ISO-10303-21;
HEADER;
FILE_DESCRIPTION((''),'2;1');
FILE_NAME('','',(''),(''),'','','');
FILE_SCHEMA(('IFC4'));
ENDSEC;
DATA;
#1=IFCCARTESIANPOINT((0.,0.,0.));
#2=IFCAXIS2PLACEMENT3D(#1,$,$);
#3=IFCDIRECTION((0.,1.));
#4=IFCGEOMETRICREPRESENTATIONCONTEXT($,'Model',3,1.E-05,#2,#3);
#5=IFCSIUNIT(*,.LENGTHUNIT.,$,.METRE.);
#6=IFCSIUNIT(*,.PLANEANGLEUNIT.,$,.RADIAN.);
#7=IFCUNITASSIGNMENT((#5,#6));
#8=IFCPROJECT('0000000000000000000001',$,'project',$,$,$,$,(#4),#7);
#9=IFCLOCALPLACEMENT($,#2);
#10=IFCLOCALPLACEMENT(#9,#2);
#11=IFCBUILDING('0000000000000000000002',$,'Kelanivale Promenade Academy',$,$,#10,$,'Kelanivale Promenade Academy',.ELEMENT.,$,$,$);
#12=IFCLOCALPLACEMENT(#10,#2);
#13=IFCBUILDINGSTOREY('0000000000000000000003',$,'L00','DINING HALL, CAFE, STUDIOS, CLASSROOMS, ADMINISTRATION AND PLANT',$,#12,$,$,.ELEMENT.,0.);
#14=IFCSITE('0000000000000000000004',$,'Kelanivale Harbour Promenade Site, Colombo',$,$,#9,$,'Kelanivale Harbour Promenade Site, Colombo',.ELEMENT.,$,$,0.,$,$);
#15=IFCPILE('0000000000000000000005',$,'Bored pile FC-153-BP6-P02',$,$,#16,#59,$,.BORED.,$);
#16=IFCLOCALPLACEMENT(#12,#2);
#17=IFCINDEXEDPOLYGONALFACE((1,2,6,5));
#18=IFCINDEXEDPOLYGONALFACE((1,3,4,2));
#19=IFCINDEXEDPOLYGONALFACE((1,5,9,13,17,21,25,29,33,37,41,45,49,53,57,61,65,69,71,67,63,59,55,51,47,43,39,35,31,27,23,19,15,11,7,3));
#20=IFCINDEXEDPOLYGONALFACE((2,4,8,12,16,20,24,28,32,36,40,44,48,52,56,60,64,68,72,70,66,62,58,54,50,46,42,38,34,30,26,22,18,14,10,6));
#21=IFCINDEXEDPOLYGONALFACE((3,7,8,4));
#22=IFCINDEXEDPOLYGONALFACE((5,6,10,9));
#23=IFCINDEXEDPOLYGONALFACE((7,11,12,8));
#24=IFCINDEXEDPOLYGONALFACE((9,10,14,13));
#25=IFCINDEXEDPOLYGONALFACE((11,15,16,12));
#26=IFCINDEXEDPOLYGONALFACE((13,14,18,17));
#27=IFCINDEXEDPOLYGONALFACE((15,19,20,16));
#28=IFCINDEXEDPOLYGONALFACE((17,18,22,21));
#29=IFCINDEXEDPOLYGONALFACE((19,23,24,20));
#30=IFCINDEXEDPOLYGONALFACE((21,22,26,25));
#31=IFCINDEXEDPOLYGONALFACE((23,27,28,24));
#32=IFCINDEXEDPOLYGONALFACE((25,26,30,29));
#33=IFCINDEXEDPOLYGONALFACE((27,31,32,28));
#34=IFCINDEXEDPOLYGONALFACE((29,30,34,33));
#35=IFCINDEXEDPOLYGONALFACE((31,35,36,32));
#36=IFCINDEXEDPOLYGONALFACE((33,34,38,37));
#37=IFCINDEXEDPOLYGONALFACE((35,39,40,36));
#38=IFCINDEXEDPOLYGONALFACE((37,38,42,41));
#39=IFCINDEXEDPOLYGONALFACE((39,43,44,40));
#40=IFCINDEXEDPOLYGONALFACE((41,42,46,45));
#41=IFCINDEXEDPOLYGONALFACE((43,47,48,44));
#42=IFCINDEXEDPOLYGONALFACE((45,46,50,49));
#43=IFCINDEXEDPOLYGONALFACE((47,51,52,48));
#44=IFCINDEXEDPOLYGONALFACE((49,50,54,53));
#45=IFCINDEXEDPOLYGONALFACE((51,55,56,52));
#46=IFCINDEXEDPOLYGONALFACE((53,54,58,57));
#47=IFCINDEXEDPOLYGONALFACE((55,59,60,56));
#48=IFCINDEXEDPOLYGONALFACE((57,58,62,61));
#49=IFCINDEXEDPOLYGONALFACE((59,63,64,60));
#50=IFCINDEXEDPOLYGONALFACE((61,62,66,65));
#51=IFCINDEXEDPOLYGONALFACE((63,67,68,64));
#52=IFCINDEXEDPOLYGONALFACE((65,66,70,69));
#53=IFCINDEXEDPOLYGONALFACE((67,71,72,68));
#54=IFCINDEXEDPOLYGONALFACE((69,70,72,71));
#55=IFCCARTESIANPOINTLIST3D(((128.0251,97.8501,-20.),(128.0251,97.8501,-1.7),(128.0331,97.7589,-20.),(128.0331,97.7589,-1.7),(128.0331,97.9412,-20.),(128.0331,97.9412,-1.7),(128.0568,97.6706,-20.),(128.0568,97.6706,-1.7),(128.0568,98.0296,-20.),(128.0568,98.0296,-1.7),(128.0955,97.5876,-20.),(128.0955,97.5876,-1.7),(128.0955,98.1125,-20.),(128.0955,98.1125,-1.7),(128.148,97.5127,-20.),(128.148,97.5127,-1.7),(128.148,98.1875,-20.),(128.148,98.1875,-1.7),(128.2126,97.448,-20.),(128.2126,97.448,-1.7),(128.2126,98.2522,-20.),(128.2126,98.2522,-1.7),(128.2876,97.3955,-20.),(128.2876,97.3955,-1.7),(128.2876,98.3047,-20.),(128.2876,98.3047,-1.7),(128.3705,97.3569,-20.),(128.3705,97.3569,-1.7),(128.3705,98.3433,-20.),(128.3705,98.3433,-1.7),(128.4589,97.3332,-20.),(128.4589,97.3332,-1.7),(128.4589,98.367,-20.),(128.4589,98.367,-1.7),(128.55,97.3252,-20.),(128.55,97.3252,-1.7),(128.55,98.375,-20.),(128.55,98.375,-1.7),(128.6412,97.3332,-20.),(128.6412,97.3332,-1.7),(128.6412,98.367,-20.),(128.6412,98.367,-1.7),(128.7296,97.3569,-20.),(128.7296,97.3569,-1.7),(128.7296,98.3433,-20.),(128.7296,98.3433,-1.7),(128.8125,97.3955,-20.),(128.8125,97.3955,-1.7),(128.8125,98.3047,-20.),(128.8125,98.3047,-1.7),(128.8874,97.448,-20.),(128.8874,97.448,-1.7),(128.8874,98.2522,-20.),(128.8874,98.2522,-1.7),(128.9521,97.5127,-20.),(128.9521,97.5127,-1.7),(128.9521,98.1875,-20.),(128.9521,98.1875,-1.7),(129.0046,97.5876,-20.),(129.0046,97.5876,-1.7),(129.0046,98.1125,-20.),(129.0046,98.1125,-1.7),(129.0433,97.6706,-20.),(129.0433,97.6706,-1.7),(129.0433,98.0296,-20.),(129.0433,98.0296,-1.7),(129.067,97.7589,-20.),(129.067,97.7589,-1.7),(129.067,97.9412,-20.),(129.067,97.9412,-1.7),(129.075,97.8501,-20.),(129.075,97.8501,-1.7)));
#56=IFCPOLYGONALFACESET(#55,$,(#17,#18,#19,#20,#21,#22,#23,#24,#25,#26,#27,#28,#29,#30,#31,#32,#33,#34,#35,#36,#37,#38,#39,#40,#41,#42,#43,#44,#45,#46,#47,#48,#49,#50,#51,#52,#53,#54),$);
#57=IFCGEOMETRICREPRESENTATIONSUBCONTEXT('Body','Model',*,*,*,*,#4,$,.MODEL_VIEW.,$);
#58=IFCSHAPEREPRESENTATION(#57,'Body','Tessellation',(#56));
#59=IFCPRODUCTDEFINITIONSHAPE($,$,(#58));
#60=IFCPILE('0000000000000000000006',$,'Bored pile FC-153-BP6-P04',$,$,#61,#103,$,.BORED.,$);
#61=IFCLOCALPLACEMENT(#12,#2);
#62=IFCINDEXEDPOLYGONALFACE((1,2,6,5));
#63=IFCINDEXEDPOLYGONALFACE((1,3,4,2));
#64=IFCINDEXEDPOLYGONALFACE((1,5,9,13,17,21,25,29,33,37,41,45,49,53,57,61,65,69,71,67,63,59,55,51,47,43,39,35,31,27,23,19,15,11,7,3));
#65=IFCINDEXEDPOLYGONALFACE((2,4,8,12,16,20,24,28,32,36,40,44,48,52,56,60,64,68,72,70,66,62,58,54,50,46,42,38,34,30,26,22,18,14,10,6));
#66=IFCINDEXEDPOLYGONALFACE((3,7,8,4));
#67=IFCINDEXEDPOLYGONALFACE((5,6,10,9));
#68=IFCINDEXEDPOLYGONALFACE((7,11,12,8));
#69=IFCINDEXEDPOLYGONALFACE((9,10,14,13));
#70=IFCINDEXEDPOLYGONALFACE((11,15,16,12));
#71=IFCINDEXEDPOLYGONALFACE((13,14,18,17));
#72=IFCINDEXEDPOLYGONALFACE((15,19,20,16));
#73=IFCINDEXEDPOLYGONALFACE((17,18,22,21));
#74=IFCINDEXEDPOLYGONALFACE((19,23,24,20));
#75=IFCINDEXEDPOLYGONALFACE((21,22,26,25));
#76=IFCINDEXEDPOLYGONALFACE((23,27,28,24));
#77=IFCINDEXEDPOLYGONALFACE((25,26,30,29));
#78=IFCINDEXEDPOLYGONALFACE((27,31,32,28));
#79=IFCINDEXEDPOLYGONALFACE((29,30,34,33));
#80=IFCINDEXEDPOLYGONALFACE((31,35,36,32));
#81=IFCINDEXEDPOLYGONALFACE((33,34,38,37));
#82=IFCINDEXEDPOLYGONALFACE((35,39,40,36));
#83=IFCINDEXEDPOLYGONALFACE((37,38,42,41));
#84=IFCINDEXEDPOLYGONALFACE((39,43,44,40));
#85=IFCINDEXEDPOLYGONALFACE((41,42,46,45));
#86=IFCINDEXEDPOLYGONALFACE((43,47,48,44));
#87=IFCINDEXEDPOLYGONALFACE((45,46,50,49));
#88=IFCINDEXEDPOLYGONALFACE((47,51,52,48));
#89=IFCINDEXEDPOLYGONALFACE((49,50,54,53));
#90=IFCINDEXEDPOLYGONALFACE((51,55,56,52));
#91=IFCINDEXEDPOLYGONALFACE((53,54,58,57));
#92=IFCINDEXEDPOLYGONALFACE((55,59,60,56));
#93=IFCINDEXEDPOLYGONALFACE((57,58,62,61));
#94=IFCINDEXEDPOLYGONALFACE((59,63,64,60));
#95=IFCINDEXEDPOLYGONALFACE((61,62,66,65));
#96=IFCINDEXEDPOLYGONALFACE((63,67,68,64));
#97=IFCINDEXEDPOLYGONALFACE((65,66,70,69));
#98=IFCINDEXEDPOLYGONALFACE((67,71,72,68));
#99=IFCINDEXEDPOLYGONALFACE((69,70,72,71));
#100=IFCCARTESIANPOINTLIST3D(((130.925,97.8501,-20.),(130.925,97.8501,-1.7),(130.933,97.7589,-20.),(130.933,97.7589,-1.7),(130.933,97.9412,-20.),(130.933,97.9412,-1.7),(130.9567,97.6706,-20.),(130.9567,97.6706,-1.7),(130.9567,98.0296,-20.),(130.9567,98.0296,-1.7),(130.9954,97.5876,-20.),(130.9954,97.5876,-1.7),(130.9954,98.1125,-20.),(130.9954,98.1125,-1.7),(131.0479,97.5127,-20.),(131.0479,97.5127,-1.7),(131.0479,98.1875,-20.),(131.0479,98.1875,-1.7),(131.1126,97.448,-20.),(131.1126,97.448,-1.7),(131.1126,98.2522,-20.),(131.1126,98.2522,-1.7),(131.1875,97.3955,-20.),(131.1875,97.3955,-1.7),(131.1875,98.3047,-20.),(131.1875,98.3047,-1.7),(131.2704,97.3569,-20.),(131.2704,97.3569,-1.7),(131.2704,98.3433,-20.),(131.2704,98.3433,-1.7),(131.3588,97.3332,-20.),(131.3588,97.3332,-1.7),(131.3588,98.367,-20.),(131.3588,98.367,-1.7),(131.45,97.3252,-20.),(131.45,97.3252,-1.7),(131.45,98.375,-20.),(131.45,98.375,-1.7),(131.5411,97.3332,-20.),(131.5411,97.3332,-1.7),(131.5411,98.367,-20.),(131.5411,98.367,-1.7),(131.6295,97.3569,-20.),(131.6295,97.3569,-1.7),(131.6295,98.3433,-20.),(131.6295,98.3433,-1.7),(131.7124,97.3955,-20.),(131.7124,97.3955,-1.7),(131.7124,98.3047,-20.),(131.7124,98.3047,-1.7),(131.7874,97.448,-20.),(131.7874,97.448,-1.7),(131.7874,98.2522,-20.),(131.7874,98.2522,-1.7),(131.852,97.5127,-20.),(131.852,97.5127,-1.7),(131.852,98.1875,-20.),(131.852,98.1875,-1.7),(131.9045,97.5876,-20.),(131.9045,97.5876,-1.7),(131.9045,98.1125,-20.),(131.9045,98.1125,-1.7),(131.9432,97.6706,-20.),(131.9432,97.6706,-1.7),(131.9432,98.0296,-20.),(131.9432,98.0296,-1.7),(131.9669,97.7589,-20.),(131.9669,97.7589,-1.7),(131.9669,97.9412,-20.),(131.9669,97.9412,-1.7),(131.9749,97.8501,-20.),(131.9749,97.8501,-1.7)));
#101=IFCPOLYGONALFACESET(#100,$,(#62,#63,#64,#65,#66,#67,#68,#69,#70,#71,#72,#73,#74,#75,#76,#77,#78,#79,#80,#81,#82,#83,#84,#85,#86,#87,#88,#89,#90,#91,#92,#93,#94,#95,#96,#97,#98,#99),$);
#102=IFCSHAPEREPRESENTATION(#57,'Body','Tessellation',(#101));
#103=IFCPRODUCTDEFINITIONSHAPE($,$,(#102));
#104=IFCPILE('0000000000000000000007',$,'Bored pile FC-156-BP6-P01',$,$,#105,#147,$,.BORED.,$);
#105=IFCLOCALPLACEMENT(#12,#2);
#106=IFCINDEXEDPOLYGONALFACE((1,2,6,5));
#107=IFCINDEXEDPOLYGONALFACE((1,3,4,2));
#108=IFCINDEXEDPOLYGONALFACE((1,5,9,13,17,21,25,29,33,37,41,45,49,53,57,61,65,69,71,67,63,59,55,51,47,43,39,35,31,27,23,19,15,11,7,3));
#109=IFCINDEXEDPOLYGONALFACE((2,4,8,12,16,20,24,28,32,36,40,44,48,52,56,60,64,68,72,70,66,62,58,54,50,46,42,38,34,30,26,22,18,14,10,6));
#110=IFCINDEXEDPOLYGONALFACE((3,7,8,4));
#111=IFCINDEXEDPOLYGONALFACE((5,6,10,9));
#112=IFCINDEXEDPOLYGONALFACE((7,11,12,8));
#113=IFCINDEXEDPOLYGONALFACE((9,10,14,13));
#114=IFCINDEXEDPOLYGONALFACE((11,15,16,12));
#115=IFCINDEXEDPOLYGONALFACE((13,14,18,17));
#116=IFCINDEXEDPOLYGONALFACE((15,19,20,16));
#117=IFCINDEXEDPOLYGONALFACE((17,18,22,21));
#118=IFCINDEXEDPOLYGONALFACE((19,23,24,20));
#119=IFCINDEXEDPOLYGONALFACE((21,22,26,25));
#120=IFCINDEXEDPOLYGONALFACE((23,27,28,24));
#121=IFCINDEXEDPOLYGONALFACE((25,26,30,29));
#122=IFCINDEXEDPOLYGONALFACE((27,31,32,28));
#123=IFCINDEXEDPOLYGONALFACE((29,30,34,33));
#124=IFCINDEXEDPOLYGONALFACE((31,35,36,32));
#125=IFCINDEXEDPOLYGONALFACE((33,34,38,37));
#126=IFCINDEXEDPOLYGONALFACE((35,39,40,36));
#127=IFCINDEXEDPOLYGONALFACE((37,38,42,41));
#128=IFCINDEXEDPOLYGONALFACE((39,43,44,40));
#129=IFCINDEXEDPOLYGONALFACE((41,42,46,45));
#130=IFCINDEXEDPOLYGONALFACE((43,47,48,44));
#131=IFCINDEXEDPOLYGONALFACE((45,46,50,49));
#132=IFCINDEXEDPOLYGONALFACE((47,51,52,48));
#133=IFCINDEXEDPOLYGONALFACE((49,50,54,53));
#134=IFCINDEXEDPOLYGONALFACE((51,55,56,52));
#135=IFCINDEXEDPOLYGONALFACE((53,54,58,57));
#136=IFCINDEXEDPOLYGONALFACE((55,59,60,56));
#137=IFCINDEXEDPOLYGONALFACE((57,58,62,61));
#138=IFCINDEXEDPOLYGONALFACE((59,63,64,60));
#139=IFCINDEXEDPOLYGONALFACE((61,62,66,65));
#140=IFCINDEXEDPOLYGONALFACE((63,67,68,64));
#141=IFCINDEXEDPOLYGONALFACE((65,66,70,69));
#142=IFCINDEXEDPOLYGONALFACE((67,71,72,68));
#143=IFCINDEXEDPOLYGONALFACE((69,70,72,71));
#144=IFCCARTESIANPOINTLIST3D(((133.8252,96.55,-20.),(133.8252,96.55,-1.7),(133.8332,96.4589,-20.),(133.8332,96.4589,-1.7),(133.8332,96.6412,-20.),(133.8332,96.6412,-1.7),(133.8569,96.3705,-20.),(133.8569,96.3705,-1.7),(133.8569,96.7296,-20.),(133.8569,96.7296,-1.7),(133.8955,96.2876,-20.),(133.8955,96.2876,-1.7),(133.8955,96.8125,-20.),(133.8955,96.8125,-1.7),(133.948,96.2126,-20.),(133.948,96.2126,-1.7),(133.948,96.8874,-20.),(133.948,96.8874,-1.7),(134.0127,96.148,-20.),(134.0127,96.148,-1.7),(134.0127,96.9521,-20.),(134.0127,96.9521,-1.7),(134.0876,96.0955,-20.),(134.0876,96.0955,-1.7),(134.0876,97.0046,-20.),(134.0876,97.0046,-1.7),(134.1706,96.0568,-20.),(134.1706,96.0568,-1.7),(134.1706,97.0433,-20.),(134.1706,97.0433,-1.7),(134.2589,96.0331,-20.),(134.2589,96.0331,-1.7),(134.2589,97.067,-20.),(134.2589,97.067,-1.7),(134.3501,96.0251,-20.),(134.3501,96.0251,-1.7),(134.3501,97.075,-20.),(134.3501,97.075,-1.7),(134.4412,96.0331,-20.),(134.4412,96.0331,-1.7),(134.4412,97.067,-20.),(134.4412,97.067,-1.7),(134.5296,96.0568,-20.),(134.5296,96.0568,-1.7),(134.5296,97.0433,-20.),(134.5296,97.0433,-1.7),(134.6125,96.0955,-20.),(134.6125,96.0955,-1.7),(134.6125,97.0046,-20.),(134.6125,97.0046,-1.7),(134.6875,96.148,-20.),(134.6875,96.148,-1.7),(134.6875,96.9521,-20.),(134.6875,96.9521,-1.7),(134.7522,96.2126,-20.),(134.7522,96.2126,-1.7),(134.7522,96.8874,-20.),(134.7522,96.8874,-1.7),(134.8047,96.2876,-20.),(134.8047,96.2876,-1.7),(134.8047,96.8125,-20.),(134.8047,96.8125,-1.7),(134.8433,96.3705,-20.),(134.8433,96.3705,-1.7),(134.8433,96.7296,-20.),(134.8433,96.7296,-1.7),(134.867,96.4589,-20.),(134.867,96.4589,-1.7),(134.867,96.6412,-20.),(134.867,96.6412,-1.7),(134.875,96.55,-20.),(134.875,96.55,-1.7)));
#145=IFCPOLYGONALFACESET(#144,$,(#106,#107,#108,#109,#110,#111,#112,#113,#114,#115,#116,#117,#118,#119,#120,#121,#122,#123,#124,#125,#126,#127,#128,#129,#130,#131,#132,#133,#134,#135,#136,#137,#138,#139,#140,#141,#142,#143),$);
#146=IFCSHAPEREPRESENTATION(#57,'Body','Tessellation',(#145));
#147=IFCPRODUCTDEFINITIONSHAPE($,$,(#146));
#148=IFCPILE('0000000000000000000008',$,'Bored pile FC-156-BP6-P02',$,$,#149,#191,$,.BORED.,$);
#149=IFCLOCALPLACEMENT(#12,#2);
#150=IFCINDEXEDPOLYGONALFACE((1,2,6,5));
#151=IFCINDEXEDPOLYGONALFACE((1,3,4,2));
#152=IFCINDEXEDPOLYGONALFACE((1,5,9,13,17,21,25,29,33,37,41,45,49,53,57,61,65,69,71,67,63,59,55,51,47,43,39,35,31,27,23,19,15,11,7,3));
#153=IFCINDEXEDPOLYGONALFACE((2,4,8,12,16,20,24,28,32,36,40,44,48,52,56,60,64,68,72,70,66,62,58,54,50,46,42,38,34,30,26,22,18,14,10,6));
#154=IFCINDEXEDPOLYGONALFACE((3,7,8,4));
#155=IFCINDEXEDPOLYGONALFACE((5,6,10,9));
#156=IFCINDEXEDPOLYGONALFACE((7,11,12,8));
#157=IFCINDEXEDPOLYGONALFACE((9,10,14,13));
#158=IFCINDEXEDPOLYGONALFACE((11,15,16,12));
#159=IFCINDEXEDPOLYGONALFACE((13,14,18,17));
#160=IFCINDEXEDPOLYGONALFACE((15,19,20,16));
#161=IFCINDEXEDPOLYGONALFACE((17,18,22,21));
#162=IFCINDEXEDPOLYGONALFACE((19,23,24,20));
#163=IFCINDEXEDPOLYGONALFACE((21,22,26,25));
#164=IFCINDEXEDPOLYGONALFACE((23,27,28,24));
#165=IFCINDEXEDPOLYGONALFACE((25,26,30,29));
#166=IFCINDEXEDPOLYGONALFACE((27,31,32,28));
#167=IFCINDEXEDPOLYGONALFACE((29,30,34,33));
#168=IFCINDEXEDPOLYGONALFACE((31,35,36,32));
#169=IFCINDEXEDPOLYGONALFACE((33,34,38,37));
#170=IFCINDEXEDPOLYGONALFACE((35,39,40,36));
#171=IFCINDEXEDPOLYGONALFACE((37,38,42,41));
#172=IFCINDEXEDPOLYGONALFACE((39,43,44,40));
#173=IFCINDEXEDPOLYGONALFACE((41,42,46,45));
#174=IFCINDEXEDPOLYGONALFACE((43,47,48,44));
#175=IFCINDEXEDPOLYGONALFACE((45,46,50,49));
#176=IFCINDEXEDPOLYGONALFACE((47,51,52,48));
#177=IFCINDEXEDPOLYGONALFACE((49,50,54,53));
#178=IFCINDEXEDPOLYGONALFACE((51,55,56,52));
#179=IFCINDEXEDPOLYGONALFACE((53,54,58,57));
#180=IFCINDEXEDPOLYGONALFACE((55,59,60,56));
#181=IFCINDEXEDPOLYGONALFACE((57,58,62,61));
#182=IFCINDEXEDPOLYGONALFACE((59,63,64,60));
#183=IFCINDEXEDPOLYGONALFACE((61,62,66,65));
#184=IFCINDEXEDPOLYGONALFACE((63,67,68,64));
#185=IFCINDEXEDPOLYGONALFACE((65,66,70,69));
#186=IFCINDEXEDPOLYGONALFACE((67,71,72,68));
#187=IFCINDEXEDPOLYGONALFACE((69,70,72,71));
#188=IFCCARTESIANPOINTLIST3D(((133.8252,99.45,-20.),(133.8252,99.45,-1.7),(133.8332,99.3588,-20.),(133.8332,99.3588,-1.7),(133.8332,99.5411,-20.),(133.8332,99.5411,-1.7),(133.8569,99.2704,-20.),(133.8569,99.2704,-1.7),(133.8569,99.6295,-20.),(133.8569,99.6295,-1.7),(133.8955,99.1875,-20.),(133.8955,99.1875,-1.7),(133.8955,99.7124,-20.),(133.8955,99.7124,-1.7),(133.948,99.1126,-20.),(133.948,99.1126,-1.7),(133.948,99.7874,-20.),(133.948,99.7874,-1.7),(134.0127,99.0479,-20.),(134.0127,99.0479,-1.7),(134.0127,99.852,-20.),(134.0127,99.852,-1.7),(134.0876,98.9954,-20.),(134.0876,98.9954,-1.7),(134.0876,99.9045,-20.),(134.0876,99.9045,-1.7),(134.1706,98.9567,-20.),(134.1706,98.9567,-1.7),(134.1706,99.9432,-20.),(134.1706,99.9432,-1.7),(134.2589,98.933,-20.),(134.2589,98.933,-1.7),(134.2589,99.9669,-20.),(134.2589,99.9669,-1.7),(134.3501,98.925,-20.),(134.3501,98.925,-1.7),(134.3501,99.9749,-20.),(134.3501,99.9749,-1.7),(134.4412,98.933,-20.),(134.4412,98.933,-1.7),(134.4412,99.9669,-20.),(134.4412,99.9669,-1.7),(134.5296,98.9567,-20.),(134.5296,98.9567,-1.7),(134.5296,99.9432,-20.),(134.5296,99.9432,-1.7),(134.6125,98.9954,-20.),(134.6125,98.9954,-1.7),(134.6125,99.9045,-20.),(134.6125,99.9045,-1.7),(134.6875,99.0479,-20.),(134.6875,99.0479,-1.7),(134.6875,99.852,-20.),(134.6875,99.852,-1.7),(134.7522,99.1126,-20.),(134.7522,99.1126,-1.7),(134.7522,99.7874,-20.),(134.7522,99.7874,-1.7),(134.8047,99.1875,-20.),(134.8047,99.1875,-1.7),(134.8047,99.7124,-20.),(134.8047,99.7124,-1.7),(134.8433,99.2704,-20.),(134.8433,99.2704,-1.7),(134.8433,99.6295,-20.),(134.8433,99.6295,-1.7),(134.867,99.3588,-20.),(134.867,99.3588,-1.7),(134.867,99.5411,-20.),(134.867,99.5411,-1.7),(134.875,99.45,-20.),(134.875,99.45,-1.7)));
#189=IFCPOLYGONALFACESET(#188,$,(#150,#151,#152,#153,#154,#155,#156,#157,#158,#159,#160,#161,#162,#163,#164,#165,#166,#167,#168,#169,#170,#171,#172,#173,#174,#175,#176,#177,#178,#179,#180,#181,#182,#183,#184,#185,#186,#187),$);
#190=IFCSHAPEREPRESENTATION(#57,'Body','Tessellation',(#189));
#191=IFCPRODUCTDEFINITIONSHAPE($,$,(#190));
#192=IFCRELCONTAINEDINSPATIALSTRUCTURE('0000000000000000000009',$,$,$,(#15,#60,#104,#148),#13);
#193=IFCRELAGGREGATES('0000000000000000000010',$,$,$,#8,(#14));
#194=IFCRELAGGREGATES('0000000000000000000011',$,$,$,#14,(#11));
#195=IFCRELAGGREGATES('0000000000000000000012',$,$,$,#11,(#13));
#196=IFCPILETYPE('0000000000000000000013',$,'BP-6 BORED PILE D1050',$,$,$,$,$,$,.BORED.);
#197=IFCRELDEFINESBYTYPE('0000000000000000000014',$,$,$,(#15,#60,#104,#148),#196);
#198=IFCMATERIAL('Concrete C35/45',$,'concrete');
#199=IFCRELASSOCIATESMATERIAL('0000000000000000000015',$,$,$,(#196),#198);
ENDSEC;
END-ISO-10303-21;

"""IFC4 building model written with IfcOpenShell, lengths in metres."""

from ifc_helpers import new_model, si_unit, direction, frame, origin, origin_2d, place, context, subcontext, project, spatial, circle, extrude, material, material_profile, profile_set, type_object, element, save


model = new_model("IFC4")

# Units and contexts
model_context = context("Model", 3, precision=1e-05, world=origin(), true_north=direction((0.0, 1.0)))
body_context = subcontext(model_context, "Body", "Model", "MODEL_VIEW")
ifc_project = project(units=[si_unit("LENGTHUNIT", "METRE"), si_unit("PLANEANGLEUNIT", "RADIAN")], contexts=[model_context])

# Site, building, storey
site_placement = place(None, origin())
site = spatial("IfcSite", under=ifc_project, at=site_placement, Name="Kelanivale Harbour Promenade Site, Colombo", LongName="Kelanivale Harbour Promenade Site, Colombo", CompositionType="ELEMENT", RefElevation=0.0)
building_placement = place(site_placement, origin())
building = spatial("IfcBuilding", under=site, at=building_placement, Name="Kelanivale Promenade Academy", LongName="Kelanivale Promenade Academy", CompositionType="ELEMENT")
storey_placement = place(building_placement, origin())
storey = spatial("IfcBuildingStorey", under=building, at=storey_placement, Name="L00", Description="DINING HALL, CAFE, STUDIOS, CLASSROOMS, ADMINISTRATION AND PLANT", CompositionType="ELEMENT", Elevation=0.0)

# Piles
ifc_material_1 = material(Name="Concrete C35/45", Category="concrete")
ifc_material_profile_1 = material_profile(ifc_material_1, circle(Radius=0.5249, at=origin_2d()), Name="BORED PILE D1050")
ifc_profile_set_1 = profile_set([ifc_material_profile_1], Name="Concrete C35/45")
pile_type_1 = type_object("IfcPileType", Name="BP-6 BORED PILE D1050", PredefinedType="BORED", material=ifc_profile_set_1)
for number, where, z_axis, x_axis, name in (
    (1, (128.55, 97.8501, -1.7), (0.0, 0.0, -1.0), (1.0, 0.0, 0.0), "Bored pile FC-153-BP6-P02"),
    (2, (131.45, 97.8501, -1.7), (0.0, 0.0, -1.0), (1.0, 0.0, 0.0), "Bored pile FC-153-BP6-P04"),
    (3, (134.3501, 96.55, -1.7), (0.0, 0.0, -1.0), (1.0, 0.0, 0.0), "Bored pile FC-156-BP6-P01"),
    (4, (134.3501, 99.45, -1.7), (0.0, 0.0, -1.0), (1.0, 0.0, 0.0), "Bored pile FC-156-BP6-P02"),
):
    element("IfcPile", number, at=place(storey_placement, frame(where, z_axis=z_axis, x_axis=x_axis)), inside=storey, type_object=pile_type_1, Name=name, PredefinedType="BORED", context=body_context, shape_type="SweptSolid", body=[
        extrude(circle(Radius=0.5249, at=origin_2d()), origin(), (0.0, 0.0, 1.0), 18.3),
    ])

save(model, "model.ifc")
